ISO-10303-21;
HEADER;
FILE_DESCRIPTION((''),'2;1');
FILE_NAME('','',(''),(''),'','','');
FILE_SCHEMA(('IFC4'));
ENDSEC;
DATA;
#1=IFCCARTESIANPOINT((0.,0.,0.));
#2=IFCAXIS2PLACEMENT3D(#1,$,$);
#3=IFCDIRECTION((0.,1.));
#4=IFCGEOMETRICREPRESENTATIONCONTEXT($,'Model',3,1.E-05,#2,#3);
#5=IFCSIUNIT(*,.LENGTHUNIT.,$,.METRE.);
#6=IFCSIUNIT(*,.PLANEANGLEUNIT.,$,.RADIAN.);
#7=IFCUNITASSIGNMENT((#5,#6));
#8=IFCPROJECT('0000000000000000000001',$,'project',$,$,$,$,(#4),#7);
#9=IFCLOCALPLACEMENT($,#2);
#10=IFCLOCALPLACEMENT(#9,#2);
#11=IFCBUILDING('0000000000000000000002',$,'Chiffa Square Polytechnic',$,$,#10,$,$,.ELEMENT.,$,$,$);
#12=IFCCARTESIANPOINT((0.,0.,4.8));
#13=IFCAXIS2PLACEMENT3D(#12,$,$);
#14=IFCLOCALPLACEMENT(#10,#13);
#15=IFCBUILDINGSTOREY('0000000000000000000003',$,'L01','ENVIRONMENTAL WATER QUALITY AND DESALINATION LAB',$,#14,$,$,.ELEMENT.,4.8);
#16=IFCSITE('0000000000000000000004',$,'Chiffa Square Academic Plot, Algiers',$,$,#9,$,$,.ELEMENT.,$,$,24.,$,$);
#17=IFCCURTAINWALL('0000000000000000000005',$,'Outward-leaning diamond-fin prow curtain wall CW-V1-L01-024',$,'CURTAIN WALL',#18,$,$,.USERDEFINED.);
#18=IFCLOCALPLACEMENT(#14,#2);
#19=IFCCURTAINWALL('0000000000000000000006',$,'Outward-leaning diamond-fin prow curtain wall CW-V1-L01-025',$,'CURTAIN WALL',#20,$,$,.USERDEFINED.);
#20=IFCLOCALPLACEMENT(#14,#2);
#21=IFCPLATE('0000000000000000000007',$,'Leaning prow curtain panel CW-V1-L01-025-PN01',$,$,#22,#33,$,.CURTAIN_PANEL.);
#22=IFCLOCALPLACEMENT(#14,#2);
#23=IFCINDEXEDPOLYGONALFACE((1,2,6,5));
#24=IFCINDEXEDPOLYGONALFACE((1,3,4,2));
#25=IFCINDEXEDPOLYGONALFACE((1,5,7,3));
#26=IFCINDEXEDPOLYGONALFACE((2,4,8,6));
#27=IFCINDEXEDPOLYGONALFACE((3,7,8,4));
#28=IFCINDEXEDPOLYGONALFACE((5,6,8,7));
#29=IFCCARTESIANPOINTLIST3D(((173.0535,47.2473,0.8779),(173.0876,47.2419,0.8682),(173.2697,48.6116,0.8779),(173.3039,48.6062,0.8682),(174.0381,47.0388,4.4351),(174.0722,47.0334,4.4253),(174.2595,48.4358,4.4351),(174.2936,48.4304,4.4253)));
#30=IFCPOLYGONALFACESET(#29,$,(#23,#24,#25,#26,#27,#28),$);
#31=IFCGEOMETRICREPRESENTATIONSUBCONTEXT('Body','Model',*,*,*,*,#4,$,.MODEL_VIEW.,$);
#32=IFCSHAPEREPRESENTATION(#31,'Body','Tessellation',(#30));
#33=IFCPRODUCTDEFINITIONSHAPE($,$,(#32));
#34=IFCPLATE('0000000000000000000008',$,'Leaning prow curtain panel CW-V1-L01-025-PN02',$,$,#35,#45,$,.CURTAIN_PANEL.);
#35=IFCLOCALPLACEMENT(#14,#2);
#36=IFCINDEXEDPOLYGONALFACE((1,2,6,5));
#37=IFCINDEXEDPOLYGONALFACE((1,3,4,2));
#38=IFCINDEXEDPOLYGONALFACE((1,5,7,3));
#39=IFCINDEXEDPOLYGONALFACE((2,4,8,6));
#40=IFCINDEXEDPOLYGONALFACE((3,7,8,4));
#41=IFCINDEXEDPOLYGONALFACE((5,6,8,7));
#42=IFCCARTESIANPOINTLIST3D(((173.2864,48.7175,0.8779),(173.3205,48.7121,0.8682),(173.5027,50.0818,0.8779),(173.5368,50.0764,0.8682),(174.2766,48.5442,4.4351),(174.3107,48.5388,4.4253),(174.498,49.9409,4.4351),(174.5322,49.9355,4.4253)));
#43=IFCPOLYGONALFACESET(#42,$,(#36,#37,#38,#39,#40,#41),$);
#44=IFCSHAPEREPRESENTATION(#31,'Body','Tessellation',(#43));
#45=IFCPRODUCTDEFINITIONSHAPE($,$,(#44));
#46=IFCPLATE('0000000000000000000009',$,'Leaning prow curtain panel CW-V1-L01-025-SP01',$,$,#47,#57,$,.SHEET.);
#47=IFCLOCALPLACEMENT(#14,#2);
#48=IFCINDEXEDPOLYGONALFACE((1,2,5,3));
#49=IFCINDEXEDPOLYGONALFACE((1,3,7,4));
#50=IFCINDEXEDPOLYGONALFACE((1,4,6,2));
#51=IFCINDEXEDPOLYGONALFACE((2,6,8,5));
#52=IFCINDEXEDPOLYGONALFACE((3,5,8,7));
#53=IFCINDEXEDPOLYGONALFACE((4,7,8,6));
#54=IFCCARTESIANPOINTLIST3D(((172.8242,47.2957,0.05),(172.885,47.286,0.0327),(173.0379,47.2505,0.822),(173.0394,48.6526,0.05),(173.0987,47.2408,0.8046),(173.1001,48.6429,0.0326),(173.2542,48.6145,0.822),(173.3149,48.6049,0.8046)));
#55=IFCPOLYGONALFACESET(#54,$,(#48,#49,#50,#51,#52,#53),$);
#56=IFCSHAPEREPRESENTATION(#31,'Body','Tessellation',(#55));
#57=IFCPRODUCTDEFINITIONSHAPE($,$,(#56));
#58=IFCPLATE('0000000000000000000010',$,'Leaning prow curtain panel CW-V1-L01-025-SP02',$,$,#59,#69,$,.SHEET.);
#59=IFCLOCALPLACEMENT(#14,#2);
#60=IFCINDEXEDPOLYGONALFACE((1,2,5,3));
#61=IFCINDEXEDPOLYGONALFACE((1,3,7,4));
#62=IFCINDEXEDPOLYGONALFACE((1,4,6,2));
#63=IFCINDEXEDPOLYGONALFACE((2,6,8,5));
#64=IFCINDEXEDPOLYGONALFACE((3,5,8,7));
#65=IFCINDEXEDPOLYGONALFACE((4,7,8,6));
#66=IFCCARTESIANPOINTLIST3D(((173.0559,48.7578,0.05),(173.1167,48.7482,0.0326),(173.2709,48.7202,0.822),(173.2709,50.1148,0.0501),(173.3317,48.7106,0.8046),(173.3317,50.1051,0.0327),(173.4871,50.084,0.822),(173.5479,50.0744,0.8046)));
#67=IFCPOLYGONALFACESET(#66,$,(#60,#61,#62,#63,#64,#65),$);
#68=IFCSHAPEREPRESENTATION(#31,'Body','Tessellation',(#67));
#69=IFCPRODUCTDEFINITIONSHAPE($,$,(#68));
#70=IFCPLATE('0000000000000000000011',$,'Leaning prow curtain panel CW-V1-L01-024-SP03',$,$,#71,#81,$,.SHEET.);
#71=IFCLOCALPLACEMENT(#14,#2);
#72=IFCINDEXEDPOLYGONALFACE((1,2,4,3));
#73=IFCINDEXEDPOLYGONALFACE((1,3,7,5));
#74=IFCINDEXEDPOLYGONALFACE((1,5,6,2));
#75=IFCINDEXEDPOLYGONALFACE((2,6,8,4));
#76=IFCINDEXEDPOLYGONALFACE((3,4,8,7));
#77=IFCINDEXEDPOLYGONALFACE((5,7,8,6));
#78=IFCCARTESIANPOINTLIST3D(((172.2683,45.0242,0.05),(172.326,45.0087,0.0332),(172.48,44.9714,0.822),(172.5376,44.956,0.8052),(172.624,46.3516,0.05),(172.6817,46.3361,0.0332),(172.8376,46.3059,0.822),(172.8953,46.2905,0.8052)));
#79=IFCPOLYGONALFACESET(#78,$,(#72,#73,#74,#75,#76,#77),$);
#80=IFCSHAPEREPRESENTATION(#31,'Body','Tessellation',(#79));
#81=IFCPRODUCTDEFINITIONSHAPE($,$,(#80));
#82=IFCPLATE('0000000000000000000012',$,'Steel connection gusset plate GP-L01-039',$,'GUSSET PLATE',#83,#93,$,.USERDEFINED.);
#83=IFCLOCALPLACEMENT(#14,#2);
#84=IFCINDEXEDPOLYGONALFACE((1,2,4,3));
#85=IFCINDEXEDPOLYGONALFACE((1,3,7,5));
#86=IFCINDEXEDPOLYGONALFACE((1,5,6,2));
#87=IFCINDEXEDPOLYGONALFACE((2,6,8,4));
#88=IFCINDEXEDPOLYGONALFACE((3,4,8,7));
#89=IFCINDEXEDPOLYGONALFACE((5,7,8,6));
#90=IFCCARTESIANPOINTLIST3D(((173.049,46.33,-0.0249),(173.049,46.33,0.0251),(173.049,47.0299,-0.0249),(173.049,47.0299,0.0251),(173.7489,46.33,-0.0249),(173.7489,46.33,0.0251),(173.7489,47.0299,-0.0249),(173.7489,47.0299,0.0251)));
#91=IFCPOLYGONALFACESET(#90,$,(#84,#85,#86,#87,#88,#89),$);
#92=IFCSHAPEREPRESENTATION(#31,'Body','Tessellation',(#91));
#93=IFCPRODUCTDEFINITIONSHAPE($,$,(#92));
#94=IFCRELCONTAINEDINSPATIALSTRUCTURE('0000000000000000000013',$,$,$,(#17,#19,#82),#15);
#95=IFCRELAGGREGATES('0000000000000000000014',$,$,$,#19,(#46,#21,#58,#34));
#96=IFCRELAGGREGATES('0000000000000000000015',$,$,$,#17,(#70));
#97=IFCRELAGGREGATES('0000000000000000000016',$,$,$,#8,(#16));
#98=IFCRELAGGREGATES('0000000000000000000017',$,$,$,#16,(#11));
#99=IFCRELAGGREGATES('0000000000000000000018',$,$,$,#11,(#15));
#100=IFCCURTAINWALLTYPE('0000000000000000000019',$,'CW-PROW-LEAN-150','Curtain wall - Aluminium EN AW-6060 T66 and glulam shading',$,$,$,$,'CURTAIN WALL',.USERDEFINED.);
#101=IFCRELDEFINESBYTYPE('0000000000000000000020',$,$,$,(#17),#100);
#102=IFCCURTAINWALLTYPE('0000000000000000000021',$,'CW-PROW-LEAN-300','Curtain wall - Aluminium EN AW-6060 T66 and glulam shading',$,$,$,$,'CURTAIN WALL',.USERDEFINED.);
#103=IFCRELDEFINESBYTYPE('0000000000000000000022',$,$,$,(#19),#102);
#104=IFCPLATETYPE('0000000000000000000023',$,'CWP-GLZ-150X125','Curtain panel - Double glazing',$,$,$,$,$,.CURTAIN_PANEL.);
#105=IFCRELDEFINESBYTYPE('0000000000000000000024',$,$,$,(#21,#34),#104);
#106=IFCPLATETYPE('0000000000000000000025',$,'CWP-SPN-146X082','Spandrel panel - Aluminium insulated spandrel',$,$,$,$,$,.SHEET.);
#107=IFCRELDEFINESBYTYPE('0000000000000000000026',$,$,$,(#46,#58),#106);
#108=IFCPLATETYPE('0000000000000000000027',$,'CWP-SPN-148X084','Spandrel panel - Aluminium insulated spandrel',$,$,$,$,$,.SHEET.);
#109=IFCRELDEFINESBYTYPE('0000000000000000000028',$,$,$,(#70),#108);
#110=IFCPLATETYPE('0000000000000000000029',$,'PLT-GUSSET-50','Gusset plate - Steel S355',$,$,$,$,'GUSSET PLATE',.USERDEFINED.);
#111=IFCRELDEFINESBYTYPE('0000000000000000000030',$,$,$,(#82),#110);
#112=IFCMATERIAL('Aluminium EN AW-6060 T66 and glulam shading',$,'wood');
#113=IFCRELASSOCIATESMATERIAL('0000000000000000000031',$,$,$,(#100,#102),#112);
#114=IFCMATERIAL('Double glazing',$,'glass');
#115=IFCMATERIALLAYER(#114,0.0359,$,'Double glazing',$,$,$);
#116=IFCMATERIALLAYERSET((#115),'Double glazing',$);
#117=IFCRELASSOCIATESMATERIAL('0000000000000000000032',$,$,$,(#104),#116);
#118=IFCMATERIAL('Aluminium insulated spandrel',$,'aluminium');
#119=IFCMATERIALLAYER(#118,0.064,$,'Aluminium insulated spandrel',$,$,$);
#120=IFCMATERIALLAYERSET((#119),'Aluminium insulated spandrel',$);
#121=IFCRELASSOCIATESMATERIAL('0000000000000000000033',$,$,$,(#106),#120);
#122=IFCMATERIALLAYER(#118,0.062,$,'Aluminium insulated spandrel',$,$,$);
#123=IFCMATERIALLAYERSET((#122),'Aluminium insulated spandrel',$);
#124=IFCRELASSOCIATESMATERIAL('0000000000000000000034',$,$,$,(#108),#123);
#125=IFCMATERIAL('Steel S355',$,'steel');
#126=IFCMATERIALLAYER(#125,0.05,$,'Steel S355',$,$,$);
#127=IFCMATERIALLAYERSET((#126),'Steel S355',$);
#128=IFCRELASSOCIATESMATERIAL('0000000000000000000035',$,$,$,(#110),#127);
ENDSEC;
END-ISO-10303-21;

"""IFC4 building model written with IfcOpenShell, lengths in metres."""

from ifc_helpers import new_model, si_unit, direction, frame, origin, origin_2d, place, context, subcontext, project, spatial, polyline, rectangle, outline, extrude, material, layer, layer_set, type_object, element, aggregate, save


model = new_model("IFC4")

# Units and contexts
model_context = context("Model", 3, precision=1e-05, world=origin(), true_north=direction((0.0, 1.0)))
body_context = subcontext(model_context, "Body", "Model", "MODEL_VIEW")
ifc_project = project(units=[si_unit("LENGTHUNIT", "METRE"), si_unit("PLANEANGLEUNIT", "RADIAN")], contexts=[model_context])

# Site, building, storey
site_placement = place(None, origin())
site = spatial("IfcSite", under=ifc_project, at=site_placement, Name="Chiffa Square Academic Plot, Algiers", CompositionType="ELEMENT", RefElevation=24.0)
building_placement = place(site_placement, origin())
building = spatial("IfcBuilding", under=site, at=building_placement, Name="Chiffa Square Polytechnic", CompositionType="ELEMENT")
storey_placement = place(building_placement, frame((0.0, 0.0, 4.8)))
storey = spatial("IfcBuildingStorey", under=building, at=storey_placement, Name="L01", Description="ENVIRONMENTAL WATER QUALITY AND DESALINATION LAB", CompositionType="ELEMENT", Elevation=4.8)

# Shared definitions
ifc_material_1 = material(Name="Steel S355", Category="steel")

# Curtain wall
ifc_material_2 = material(Name="Aluminium EN AW-6060 T66 and glulam shading", Category="wood")
curtain_wall_type_1 = type_object("IfcCurtainWallType", Name="CW-PROW-LEAN-150", Description="Curtain wall - Aluminium EN AW-6060 T66 and glulam shading", ElementType="CURTAIN WALL", PredefinedType="USERDEFINED", material=ifc_material_2)
curtain_wall_1_placement = place(storey_placement, origin())
curtain_wall_1 = element("IfcCurtainWall", 1, at=curtain_wall_1_placement, inside=storey, type_object=curtain_wall_type_1, Name="Outward-leaning diamond-fin prow curtain wall CW-V1-L01-024", ObjectType="CURTAIN WALL", PredefinedType="USERDEFINED")

# Curtain wall
curtain_wall_type_2 = type_object("IfcCurtainWallType", Name="CW-PROW-LEAN-300", Description="Curtain wall - Aluminium EN AW-6060 T66 and glulam shading", ElementType="CURTAIN WALL", PredefinedType="USERDEFINED", material=ifc_material_2)
curtain_wall_2_placement = place(storey_placement, origin())
curtain_wall_2 = element("IfcCurtainWall", 2, at=curtain_wall_2_placement, inside=storey, type_object=curtain_wall_type_2, Name="Outward-leaning diamond-fin prow curtain wall CW-V1-L01-025", ObjectType="CURTAIN WALL", PredefinedType="USERDEFINED")

# Plates
ifc_material_3 = material(Name="Double glazing", Category="glass")
ifc_layer_1 = layer(ifc_material_3, 0.0359, Name="Double glazing")
ifc_layer_set_1 = layer_set([ifc_layer_1], Name="Double glazing")
plate_type_1 = type_object("IfcPlateType", Name="CWP-GLZ-150X125", Description="Curtain panel - Double glazing", PredefinedType="CURTAIN_PANEL", material=ifc_layer_set_1)
plate_1_placement = place(storey_placement, frame((173.0535, 47.2473, 0.8779), z_axis=(-0.950453, 0.150677, 0.271911), x_axis=(0.156578, 0.987666, 0.000006)))
plate_1 = element("IfcPlate", 3, at=plate_1_placement, type_object=plate_type_1, Name="Leaning prow curtain panel CW-V1-L01-025-PN01", PredefinedType="CURTAIN_PANEL", context=body_context, shape_type="SweptSolid", body=[
    extrude(outline(polyline([(0.0, 0.0), (1.3813, 0.0), (1.3627, -3.6964), (-0.0517, -3.6964), (0.0, 0.0)])), origin(), (0.0, 0.0, -1.0), 0.0359),
])
plate_2_placement = place(storey_placement, frame((173.2864, 48.7175, 0.8779), z_axis=(-0.950447, 0.15069, 0.271926), x_axis=(0.156591, 0.987664, 0.000002)))
plate_2 = element("IfcPlate", 4, at=plate_2_placement, type_object=plate_type_1, Name="Leaning prow curtain panel CW-V1-L01-025-PN02", PredefinedType="CURTAIN_PANEL", context=body_context, shape_type="SweptSolid", body=[
    extrude(outline(polyline([(0.0, 0.0), (1.3813, 0.0), (1.398, -3.6964), (-0.0161, -3.6964), (0.0, 0.0)])), origin(), (0.0, 0.0, -1.0), 0.0359),
])
ifc_material_4 = material(Name="Aluminium insulated spandrel", Category="aluminium")
ifc_layer_2 = layer(ifc_material_4, 0.064, Name="Aluminium insulated spandrel")
ifc_layer_set_2 = layer_set([ifc_layer_2], Name="Aluminium insulated spandrel")
plate_type_2 = type_object("IfcPlateType", Name="CWP-SPN-146X082", Description="Spandrel panel - Aluminium insulated spandrel", PredefinedType="SHEET", material=ifc_layer_set_2)
plate_3_placement = place(storey_placement, frame((172.8242, 47.2957, 0.05), z_axis=(-0.950456, 0.150691, 0.271891), x_axis=(0.156588, 0.987664, -0.000009)))
plate_3 = element("IfcPlate", 5, at=plate_3_placement, type_object=plate_type_2, Name="Leaning prow curtain panel CW-V1-L01-025-SP01", PredefinedType="SHEET", context=body_context, shape_type="SweptSolid", body=[
    extrude(outline(polyline([(0.0, 0.0), (1.3739, 0.0), (1.3699, -0.8022), (-0.0112, -0.8022), (0.0, 0.0)])), origin(), (0.0, 0.0, -1.0), 0.064),
])
plate_4_placement = place(storey_placement, frame((173.0559, 48.7578, 0.05), z_axis=(-0.950416, 0.150613, 0.272076), x_axis=(0.156521, 0.987675, 0.00001)))
plate_4 = element("IfcPlate", 6, at=plate_4_placement, type_object=plate_type_2, Name="Leaning prow curtain panel CW-V1-L01-025-SP02", PredefinedType="SHEET", context=body_context, shape_type="SweptSolid", body=[
    extrude(outline(polyline([(0.0, 0.0), (1.3739, 0.0), (1.3773, -0.8022), (-0.0035, -0.8023), (0.0, 0.0)])), origin(), (0.0, 0.0, -1.0), 0.064),
])
aggregate(curtain_wall_2, [plate_3, plate_1, plate_4, plate_2])
ifc_layer_3 = layer(ifc_material_4, 0.062, Name="Aluminium insulated spandrel")
ifc_layer_set_3 = layer_set([ifc_layer_3], Name="Aluminium insulated spandrel")
plate_type_3 = type_object("IfcPlateType", Name="CWP-SPN-148X084", Description="Spandrel panel - Aluminium insulated spandrel", PredefinedType="SHEET", material=ifc_layer_set_3)
plate_5_placement = place(storey_placement, frame((172.2683, 45.0242, 0.05), z_axis=(-0.929518, 0.249111, 0.271918), x_axis=(0.258863, 0.965914, -0.000005)))
plate_5 = element("IfcPlate", 7, at=plate_5_placement, type_object=plate_type_3, Name="Leaning prow curtain panel CW-V1-L01-024-SP03", PredefinedType="SHEET", context=body_context, shape_type="SweptSolid", body=[
    extrude(outline(polyline([(0.0, 0.0), (1.3742, 0.0), (1.3854, -0.8022), (0.0039, -0.8022), (0.0, 0.0)])), origin(), (0.0, 0.0, -1.0), 0.062),
])
aggregate(curtain_wall_1, [plate_5])
ifc_layer_4 = layer(ifc_material_1, 0.05, Name="Steel S355")
ifc_layer_set_4 = layer_set([ifc_layer_4], Name="Steel S355")
plate_type_4 = type_object("IfcPlateType", Name="PLT-GUSSET-50", Description="Gusset plate - Steel S355", ElementType="GUSSET PLATE", PredefinedType="USERDEFINED", material=ifc_layer_set_4)
plate_6_placement = place(storey_placement, frame((173.3989, 46.6799, -0.0249), z_axis=(0.0, 0.0, 1.0), x_axis=(1.0, 0.0, 0.0)))
element("IfcPlate", 8, at=plate_6_placement, inside=storey, type_object=plate_type_4, Name="Steel connection gusset plate GP-L01-039", ObjectType="GUSSET PLATE", PredefinedType="USERDEFINED", context=body_context, shape_type="SweptSolid", body=[
    extrude(rectangle(XDim=0.7, YDim=0.7, at=origin_2d()), origin(), (0.0, 0.0, 1.0), 0.05),
])

save(model, "model.ifc")
